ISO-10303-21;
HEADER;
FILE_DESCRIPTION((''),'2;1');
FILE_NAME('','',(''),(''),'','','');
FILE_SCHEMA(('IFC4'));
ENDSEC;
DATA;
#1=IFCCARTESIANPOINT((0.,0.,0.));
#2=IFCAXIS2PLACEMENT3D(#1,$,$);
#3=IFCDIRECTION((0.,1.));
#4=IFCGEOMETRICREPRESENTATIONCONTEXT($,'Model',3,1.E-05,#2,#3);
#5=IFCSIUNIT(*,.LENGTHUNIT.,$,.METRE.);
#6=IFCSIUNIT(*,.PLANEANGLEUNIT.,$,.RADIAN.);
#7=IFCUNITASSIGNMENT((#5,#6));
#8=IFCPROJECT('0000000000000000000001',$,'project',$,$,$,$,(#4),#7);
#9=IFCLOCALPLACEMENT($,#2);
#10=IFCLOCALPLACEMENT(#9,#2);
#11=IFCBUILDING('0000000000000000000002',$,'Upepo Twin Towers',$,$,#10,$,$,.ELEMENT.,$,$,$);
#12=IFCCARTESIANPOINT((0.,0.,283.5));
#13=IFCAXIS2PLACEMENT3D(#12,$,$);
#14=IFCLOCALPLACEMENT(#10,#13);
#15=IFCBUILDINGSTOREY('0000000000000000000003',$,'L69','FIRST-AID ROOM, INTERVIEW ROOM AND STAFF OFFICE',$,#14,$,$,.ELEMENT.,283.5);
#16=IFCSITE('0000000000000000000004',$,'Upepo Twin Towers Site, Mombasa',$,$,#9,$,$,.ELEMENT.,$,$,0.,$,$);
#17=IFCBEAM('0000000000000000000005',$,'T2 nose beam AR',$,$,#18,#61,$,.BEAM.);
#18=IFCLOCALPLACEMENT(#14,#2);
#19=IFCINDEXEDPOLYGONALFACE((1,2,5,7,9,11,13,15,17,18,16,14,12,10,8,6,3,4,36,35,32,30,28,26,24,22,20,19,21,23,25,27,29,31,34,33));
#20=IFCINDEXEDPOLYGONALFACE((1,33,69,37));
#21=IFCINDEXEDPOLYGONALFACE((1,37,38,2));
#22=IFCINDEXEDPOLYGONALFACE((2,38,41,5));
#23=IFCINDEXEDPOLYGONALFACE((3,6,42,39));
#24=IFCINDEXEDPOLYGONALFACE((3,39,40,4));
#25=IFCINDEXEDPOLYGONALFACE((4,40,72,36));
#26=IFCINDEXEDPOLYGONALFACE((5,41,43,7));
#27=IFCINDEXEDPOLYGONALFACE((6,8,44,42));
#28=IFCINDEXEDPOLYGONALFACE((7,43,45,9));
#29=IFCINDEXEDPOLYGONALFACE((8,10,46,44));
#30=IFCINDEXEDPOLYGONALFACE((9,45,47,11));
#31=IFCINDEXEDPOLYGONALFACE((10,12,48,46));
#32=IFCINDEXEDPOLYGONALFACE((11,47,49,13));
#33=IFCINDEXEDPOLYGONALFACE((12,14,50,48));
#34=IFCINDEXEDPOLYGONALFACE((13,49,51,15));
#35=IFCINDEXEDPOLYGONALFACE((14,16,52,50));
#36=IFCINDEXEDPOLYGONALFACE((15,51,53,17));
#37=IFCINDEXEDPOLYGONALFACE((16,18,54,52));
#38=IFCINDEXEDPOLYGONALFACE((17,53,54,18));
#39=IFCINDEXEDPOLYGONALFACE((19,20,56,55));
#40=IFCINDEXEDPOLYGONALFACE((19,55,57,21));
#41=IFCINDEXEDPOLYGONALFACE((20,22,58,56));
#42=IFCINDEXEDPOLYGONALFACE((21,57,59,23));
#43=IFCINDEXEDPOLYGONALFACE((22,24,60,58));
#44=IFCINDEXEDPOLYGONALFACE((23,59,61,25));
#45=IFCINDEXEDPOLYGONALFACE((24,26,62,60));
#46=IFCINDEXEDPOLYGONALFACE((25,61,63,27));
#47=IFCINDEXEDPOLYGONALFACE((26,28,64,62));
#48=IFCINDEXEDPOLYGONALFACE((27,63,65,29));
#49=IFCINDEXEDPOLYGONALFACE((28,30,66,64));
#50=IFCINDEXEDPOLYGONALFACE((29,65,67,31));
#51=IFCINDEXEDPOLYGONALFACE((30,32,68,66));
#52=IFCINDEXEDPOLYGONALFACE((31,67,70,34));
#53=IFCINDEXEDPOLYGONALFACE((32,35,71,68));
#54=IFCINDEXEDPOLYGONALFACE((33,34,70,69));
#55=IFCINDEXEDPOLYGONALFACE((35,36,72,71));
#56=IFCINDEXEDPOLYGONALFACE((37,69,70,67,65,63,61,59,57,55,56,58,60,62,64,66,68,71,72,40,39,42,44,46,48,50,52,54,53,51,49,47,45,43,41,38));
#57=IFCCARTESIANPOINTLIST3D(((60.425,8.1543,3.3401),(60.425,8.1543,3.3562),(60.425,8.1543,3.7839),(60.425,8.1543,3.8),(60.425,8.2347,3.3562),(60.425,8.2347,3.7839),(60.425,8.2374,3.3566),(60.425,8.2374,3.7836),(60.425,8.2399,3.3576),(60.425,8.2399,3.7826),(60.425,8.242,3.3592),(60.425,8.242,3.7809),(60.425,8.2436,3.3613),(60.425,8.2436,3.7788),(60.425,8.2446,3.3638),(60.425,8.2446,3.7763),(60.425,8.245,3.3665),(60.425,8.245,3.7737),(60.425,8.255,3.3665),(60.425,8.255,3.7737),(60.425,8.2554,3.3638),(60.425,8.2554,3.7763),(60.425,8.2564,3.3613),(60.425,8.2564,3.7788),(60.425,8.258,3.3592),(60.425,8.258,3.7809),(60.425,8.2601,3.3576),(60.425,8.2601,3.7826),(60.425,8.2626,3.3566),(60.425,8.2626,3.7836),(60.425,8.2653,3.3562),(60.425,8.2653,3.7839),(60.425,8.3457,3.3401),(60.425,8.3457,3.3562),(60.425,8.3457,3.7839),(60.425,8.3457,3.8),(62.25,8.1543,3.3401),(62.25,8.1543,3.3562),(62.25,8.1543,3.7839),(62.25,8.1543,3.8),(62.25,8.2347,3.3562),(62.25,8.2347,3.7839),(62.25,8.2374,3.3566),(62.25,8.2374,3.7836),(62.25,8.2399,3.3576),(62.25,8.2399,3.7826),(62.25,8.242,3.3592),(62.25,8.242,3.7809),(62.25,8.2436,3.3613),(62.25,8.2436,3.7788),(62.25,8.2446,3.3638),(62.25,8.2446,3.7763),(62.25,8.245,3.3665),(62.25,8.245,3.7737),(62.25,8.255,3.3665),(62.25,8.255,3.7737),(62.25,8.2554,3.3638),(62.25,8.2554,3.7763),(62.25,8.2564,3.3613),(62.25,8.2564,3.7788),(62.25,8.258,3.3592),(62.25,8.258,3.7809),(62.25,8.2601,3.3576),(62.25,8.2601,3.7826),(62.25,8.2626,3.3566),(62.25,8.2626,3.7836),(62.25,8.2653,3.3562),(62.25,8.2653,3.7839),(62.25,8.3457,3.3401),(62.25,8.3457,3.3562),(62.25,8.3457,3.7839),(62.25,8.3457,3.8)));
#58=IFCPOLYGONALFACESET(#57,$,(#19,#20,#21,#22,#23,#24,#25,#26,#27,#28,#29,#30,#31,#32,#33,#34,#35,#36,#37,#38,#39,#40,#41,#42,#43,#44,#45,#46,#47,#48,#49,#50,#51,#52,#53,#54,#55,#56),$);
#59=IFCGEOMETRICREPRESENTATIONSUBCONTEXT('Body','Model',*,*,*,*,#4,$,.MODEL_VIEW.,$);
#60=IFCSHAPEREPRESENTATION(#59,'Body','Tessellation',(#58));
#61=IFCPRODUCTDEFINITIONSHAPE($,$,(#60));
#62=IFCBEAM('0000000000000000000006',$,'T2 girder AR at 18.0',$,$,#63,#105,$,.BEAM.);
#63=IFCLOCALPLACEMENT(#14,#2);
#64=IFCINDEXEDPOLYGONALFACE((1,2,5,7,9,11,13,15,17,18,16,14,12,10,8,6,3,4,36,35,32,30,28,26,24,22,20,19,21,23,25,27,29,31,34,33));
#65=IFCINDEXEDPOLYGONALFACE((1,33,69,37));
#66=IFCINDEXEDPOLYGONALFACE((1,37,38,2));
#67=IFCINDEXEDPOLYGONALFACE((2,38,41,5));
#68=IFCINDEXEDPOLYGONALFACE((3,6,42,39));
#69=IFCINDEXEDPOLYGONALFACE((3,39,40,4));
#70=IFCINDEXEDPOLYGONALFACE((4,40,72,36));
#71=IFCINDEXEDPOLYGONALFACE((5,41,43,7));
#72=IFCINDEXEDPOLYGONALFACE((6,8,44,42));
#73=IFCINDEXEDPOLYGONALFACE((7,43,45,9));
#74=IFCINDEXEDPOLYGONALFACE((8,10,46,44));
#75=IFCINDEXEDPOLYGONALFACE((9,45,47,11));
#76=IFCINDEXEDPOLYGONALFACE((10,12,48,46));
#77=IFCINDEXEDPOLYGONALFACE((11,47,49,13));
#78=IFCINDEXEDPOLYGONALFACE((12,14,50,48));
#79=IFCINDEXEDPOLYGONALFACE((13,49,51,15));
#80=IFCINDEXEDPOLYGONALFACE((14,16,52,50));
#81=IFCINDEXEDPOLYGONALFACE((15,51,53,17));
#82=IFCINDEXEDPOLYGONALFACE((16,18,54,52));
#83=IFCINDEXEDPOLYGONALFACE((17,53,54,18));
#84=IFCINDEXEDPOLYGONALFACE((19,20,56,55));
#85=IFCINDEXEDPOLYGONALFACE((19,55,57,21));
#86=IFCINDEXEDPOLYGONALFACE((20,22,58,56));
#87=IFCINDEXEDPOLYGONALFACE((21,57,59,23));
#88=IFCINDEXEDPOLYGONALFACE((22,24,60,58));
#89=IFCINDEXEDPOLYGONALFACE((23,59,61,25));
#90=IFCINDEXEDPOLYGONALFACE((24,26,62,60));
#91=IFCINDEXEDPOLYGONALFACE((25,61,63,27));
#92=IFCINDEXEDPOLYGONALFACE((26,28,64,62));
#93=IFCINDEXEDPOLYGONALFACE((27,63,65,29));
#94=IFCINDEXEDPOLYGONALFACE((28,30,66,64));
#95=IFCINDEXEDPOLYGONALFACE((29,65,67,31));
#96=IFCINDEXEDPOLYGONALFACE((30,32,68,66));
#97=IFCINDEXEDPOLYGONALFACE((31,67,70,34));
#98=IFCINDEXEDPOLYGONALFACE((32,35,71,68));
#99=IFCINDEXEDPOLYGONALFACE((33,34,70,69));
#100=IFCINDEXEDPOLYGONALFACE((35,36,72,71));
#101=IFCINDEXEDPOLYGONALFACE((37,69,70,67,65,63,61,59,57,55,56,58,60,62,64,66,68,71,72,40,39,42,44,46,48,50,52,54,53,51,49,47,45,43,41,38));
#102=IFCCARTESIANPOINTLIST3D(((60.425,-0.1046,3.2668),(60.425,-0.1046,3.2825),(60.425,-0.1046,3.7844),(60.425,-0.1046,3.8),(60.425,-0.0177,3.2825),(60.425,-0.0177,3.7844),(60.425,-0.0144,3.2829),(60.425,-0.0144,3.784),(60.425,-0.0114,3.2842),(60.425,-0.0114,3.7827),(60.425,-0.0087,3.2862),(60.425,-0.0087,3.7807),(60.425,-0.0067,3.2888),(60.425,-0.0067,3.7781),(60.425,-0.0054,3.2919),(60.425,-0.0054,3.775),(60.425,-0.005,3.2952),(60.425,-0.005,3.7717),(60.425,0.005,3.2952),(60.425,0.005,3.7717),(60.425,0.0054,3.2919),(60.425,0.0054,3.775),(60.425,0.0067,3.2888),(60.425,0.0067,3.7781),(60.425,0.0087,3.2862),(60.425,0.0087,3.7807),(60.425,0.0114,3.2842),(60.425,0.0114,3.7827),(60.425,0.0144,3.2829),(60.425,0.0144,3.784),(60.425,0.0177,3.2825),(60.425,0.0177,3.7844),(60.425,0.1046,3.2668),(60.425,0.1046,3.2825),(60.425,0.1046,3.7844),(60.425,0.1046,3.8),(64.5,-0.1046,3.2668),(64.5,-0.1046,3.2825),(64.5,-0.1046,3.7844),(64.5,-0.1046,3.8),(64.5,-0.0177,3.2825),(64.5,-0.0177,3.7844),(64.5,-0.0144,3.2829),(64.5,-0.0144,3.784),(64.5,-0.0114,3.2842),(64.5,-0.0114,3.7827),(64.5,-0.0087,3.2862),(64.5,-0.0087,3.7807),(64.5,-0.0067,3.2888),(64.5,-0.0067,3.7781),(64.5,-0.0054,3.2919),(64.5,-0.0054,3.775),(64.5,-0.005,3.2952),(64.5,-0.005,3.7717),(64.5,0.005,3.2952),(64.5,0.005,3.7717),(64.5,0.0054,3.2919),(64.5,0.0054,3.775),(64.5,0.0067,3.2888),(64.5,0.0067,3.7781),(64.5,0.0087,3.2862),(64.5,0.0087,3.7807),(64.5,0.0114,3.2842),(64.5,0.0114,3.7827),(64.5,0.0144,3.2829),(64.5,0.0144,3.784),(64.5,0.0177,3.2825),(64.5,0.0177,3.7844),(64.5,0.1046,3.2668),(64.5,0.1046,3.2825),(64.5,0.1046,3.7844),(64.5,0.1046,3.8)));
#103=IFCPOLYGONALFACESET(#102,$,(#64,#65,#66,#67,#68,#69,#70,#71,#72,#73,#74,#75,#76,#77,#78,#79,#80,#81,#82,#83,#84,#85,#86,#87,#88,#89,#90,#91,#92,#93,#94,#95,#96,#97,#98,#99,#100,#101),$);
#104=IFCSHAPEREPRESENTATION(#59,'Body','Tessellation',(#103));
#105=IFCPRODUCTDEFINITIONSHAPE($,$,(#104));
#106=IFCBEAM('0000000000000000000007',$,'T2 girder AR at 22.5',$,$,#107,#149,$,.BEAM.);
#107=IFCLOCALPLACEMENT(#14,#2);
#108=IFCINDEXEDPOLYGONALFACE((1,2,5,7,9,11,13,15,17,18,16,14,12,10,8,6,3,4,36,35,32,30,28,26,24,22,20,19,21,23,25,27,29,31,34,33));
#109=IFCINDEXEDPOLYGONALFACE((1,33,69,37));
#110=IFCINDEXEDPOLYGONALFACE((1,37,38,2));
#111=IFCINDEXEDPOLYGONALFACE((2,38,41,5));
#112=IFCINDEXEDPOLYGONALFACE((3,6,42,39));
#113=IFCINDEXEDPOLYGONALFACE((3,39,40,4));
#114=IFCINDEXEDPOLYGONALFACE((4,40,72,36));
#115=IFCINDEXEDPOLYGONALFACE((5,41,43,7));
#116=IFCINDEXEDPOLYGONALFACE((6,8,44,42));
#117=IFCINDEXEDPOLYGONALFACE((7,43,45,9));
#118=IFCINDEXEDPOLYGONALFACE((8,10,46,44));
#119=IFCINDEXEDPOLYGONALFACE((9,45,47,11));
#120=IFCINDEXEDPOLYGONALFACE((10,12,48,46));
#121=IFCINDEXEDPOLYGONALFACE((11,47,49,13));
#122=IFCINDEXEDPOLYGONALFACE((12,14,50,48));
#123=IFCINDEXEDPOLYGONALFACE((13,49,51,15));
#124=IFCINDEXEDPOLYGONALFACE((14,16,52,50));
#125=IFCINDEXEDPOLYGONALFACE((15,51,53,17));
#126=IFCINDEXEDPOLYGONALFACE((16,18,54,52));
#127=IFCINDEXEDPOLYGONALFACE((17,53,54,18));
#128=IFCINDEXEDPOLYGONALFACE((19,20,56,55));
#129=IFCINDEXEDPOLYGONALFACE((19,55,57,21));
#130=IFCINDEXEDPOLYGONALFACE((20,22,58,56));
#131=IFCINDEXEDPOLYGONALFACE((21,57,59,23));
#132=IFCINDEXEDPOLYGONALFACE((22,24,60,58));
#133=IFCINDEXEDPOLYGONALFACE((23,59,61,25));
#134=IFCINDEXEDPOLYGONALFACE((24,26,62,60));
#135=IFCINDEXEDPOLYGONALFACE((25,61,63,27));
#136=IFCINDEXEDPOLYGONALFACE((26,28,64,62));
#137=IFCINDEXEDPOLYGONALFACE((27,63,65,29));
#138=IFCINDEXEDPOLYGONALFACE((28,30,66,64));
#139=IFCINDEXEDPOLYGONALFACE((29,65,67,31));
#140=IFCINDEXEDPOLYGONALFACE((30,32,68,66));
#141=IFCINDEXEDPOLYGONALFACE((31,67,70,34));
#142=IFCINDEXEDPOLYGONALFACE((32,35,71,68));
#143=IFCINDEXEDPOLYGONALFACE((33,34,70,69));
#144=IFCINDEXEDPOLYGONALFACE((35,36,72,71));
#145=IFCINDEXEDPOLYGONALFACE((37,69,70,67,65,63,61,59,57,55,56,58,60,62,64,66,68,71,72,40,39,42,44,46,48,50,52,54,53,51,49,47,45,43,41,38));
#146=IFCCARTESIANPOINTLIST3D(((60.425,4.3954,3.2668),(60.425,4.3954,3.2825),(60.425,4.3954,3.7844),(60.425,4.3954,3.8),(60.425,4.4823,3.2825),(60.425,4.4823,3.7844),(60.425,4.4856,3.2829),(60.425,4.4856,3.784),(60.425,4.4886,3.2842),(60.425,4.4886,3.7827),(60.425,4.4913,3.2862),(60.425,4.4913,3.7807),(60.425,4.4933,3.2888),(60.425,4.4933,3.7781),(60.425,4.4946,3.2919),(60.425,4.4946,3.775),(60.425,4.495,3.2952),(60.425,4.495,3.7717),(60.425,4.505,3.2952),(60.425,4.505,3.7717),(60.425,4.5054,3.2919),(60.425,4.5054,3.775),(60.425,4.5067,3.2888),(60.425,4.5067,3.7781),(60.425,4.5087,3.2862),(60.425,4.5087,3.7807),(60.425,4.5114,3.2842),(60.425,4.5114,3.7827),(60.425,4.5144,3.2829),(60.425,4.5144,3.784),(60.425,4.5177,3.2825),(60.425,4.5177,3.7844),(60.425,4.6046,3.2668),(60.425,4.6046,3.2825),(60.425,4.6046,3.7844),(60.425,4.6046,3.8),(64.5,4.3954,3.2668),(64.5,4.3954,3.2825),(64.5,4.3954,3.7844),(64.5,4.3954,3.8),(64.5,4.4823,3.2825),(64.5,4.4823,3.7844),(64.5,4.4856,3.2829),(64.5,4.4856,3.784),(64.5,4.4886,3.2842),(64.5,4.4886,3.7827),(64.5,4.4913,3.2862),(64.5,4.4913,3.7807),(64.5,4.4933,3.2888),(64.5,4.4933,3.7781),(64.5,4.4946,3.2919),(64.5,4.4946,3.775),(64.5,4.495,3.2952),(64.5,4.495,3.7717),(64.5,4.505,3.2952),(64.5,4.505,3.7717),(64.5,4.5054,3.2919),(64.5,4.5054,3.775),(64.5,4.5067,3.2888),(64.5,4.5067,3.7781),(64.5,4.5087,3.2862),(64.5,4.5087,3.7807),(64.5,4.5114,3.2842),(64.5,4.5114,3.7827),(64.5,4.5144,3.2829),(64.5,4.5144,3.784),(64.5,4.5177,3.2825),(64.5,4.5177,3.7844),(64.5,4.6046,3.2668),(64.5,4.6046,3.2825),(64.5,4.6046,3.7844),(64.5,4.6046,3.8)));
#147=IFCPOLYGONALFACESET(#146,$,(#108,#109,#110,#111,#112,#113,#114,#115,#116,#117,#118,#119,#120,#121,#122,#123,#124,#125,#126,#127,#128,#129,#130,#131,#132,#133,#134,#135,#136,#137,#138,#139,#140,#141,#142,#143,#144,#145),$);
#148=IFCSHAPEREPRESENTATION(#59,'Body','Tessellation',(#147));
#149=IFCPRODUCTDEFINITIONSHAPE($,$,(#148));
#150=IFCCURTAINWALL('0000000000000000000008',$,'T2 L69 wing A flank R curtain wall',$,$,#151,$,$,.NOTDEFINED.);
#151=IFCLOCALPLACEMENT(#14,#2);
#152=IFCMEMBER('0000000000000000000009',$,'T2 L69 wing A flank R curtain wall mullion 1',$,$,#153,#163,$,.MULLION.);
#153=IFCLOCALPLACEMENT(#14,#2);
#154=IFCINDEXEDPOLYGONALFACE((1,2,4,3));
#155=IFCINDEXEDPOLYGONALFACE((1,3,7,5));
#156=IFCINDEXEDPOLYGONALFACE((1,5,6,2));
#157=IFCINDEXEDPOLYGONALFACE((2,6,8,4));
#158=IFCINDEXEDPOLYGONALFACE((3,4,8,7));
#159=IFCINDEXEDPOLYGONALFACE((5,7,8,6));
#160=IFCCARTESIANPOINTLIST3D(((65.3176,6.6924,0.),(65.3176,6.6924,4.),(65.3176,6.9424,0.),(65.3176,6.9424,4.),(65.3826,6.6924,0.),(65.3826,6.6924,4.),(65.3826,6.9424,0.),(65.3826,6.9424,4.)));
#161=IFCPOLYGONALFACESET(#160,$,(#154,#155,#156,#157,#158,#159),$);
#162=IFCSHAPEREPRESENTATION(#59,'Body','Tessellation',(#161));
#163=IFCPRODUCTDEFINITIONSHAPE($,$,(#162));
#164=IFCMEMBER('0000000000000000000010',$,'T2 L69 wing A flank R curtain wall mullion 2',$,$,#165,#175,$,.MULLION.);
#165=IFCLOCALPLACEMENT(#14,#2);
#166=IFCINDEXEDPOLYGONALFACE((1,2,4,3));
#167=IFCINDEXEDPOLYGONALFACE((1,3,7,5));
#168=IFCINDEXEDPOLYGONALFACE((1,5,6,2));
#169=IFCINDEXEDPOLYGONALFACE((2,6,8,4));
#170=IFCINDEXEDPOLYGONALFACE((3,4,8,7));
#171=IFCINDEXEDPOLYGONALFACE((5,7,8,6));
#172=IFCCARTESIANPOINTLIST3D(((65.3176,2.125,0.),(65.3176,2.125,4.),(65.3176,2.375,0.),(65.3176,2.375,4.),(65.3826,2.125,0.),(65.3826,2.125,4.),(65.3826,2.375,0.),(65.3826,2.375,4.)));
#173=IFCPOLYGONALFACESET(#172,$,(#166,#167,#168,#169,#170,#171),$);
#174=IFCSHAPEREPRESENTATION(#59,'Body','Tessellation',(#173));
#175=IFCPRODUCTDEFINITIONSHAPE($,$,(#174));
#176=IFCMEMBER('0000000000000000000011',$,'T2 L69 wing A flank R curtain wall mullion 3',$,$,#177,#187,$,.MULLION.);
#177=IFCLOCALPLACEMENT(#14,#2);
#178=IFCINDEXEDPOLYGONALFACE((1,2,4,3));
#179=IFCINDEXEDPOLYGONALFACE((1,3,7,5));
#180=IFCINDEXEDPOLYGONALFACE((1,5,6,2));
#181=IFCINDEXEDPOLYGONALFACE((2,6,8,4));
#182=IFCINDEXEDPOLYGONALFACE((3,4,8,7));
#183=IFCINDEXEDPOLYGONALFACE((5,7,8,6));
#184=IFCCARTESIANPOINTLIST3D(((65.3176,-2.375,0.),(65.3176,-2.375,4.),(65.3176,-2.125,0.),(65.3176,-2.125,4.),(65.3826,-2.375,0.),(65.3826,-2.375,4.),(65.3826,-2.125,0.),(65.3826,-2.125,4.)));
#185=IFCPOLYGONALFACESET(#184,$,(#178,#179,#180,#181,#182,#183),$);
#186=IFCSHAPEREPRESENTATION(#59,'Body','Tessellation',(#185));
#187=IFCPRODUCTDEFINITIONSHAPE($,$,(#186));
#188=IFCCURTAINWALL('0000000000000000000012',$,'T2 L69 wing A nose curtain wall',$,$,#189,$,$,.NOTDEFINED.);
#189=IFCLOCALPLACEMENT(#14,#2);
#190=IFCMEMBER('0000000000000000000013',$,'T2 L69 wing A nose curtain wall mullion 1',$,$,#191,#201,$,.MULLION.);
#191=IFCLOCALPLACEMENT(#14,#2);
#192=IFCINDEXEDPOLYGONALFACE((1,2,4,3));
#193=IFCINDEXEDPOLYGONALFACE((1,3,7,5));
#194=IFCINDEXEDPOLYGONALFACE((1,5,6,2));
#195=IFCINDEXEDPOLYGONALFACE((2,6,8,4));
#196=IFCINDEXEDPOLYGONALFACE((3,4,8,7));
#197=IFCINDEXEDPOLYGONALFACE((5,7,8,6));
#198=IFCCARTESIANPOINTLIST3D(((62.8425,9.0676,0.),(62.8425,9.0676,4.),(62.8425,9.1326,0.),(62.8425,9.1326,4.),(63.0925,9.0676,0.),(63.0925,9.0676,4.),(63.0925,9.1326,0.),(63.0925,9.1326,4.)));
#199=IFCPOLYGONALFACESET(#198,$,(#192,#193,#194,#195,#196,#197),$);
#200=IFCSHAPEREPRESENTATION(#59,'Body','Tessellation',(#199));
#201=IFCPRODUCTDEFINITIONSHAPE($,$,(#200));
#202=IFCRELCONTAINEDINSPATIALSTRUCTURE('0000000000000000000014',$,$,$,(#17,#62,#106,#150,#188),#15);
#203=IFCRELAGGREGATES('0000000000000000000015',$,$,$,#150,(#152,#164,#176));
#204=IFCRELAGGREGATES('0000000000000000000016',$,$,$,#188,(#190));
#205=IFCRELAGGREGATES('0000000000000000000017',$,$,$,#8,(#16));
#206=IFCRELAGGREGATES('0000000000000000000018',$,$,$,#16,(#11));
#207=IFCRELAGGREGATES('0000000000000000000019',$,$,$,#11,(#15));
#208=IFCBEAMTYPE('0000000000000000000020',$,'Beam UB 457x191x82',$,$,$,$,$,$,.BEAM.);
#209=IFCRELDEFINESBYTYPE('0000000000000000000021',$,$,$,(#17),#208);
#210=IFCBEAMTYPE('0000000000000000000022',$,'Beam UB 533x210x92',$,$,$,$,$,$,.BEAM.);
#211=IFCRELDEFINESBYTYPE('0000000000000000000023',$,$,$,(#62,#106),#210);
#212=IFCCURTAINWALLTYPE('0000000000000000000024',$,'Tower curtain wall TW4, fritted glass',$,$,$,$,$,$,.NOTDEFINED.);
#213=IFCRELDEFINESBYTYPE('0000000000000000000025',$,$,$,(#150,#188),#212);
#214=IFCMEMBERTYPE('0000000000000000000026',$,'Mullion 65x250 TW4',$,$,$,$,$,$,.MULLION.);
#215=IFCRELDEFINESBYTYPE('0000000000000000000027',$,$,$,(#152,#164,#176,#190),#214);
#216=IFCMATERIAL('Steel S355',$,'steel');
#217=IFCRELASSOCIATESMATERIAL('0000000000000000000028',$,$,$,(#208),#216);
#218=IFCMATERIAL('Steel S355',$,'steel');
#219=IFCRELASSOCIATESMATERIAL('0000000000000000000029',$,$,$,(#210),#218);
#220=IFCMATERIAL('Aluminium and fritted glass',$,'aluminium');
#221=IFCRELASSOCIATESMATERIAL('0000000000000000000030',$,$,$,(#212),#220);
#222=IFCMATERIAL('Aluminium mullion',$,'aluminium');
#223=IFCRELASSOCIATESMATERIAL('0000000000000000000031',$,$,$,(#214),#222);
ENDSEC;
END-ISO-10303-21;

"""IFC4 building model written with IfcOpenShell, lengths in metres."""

from ifc_helpers import new_model, si_unit, direction, frame, origin, origin_2d, place, context, subcontext, project, spatial, rectangle, i_section, extrude, material, material_profile, profile_set, type_object, element, aggregate, save


model = new_model("IFC4")

# Units and contexts
model_context = context("Model", 3, precision=1e-05, world=origin(), true_north=direction((0.0, 1.0)))
body_context = subcontext(model_context, "Body", "Model", "MODEL_VIEW")
ifc_project = project(units=[si_unit("LENGTHUNIT", "METRE"), si_unit("PLANEANGLEUNIT", "RADIAN")], contexts=[model_context])

# Site, building, storey
site_placement = place(None, origin())
site = spatial("IfcSite", under=ifc_project, at=site_placement, Name="Upepo Twin Towers Site, Mombasa", CompositionType="ELEMENT", RefElevation=0.0)
building_placement = place(site_placement, origin())
building = spatial("IfcBuilding", under=site, at=building_placement, Name="Upepo Twin Towers", CompositionType="ELEMENT")
storey_placement = place(building_placement, frame((0.0, 0.0, 283.5)))
storey = spatial("IfcBuildingStorey", under=building, at=storey_placement, Name="L69", Description="FIRST-AID ROOM, INTERVIEW ROOM AND STAFF OFFICE", CompositionType="ELEMENT", Elevation=283.5)

# Beams
ifc_material_1 = material(Name="Steel S355", Category="steel")
ifc_material_profile_1 = material_profile(ifc_material_1, i_section(OverallWidth=0.1914, OverallDepth=0.46, WebThickness=0.01, FlangeThickness=0.0161, FilletRadius=0.0103, at=origin_2d()), Name="UB 457x191x82")
ifc_profile_set_1 = profile_set([ifc_material_profile_1], Name="Steel S355")
beam_type_1 = type_object("IfcBeamType", Name="Beam UB 457x191x82", PredefinedType="BEAM", material=ifc_profile_set_1)
beam_1_placement = place(storey_placement, frame((62.25, 8.25, 3.5701), z_axis=(-1.0, 0.0, 0.0), x_axis=(0.0, -1.0, 0.0)))
element("IfcBeam", 1, at=beam_1_placement, inside=storey, type_object=beam_type_1, Name="T2 nose beam AR", PredefinedType="BEAM", context=body_context, shape_type="SweptSolid", body=[
    extrude(i_section(OverallWidth=0.1914, OverallDepth=0.46, WebThickness=0.01, FlangeThickness=0.0161, FilletRadius=0.0103, at=origin_2d()), origin(), (0.0, 0.0, 1.0), 1.825),
])
ifc_material_2 = material(Name="Steel S355", Category="steel")
ifc_material_profile_2 = material_profile(ifc_material_2, i_section(OverallWidth=0.2092, OverallDepth=0.5332, WebThickness=0.01, FlangeThickness=0.0156, FilletRadius=0.0127, at=origin_2d()), Name="UB 533x210x92")
ifc_profile_set_2 = profile_set([ifc_material_profile_2], Name="Steel S355")
beam_type_2 = type_object("IfcBeamType", Name="Beam UB 533x210x92", PredefinedType="BEAM", material=ifc_profile_set_2)
for number, where, z_axis, x_axis, name in (
    (2, (64.5, 0.0, 3.5334), (-1.0, 0.0, 0.0), (0.0, -1.0, 0.0), "T2 girder AR at 18.0"),
    (3, (64.5, 4.5, 3.5334), (-1.0, 0.0, 0.0), (0.0, -1.0, 0.0), "T2 girder AR at 22.5"),
):
    element("IfcBeam", number, at=place(storey_placement, frame(where, z_axis=z_axis, x_axis=x_axis)), inside=storey, type_object=beam_type_2, Name=name, PredefinedType="BEAM", context=body_context, shape_type="SweptSolid", body=[
        extrude(i_section(OverallWidth=0.2092, OverallDepth=0.5332, WebThickness=0.01, FlangeThickness=0.0156, FilletRadius=0.0127, at=origin_2d()), origin(), (0.0, 0.0, 1.0), 4.075),
    ])

# Curtain walls, members
ifc_material_3 = material(Name="Aluminium and fritted glass", Category="aluminium")
curtain_wall_type = type_object("IfcCurtainWallType", Name="Tower curtain wall TW4, fritted glass", PredefinedType="NOTDEFINED", material=ifc_material_3)
curtain_wall_1_placement = place(storey_placement, origin())
curtain_wall_1 = element("IfcCurtainWall", 4, at=curtain_wall_1_placement, inside=storey, type_object=curtain_wall_type, Name="T2 L69 wing A flank R curtain wall", PredefinedType="NOTDEFINED")
ifc_material_4 = material(Name="Aluminium mullion", Category="aluminium")
ifc_material_profile_3 = material_profile(ifc_material_4, rectangle(XDim=0.0649, YDim=0.25, at=origin_2d()), Name="MULLION 65x250")
ifc_profile_set_3 = profile_set([ifc_material_profile_3], Name="Aluminium mullion")
member_type_1 = type_object("IfcMemberType", Name="Mullion 65x250 TW4", PredefinedType="MULLION", material=ifc_profile_set_3)
member_1_placement = place(storey_placement, frame((65.3501, 6.8174, 0.0), z_axis=(0.0, 0.0, 1.0), x_axis=(1.0, 0.0, 0.0)))
member_1 = element("IfcMember", 5, at=member_1_placement, type_object=member_type_1, Name="T2 L69 wing A flank R curtain wall mullion 1", PredefinedType="MULLION", context=body_context, shape_type="SweptSolid", body=[
    extrude(rectangle(XDim=0.0649, YDim=0.25, at=origin_2d()), origin(), (0.0, 0.0, 1.0), 4.0),
])
member_2_placement = place(storey_placement, frame((65.3501, 2.25, 0.0), z_axis=(0.0, 0.0, 1.0), x_axis=(1.0, 0.0, 0.0)))
member_2 = element("IfcMember", 6, at=member_2_placement, type_object=member_type_1, Name="T2 L69 wing A flank R curtain wall mullion 2", PredefinedType="MULLION", context=body_context, shape_type="SweptSolid", body=[
    extrude(rectangle(XDim=0.0649, YDim=0.25, at=origin_2d()), origin(), (0.0, 0.0, 1.0), 4.0),
])
member_3_placement = place(storey_placement, frame((65.3501, -2.25, 0.0), z_axis=(0.0, 0.0, 1.0), x_axis=(1.0, 0.0, 0.0)))
member_3 = element("IfcMember", 7, at=member_3_placement, type_object=member_type_1, Name="T2 L69 wing A flank R curtain wall mullion 3", PredefinedType="MULLION", context=body_context, shape_type="SweptSolid", body=[
    extrude(rectangle(XDim=0.0649, YDim=0.25, at=origin_2d()), origin(), (0.0, 0.0, 1.0), 4.0),
])
curtain_wall_2_placement = place(storey_placement, origin())
curtain_wall_2 = element("IfcCurtainWall", 8, at=curtain_wall_2_placement, inside=storey, type_object=curtain_wall_type, Name="T2 L69 wing A nose curtain wall", PredefinedType="NOTDEFINED")
member_4_placement = place(storey_placement, frame((62.9675, 9.1001, 0.0), z_axis=(0.0, 0.0, 1.0), x_axis=(0.0, -1.0, 0.0)))
member_4 = element("IfcMember", 9, at=member_4_placement, type_object=member_type_1, Name="T2 L69 wing A nose curtain wall mullion 1", PredefinedType="MULLION", context=body_context, shape_type="SweptSolid", body=[
    extrude(rectangle(XDim=0.0649, YDim=0.25, at=origin_2d()), origin(), (0.0, 0.0, 1.0), 4.0),
])

aggregate(curtain_wall_1, [member_1, member_2, member_3])
aggregate(curtain_wall_2, [member_4])

save(model, "model.ifc")
